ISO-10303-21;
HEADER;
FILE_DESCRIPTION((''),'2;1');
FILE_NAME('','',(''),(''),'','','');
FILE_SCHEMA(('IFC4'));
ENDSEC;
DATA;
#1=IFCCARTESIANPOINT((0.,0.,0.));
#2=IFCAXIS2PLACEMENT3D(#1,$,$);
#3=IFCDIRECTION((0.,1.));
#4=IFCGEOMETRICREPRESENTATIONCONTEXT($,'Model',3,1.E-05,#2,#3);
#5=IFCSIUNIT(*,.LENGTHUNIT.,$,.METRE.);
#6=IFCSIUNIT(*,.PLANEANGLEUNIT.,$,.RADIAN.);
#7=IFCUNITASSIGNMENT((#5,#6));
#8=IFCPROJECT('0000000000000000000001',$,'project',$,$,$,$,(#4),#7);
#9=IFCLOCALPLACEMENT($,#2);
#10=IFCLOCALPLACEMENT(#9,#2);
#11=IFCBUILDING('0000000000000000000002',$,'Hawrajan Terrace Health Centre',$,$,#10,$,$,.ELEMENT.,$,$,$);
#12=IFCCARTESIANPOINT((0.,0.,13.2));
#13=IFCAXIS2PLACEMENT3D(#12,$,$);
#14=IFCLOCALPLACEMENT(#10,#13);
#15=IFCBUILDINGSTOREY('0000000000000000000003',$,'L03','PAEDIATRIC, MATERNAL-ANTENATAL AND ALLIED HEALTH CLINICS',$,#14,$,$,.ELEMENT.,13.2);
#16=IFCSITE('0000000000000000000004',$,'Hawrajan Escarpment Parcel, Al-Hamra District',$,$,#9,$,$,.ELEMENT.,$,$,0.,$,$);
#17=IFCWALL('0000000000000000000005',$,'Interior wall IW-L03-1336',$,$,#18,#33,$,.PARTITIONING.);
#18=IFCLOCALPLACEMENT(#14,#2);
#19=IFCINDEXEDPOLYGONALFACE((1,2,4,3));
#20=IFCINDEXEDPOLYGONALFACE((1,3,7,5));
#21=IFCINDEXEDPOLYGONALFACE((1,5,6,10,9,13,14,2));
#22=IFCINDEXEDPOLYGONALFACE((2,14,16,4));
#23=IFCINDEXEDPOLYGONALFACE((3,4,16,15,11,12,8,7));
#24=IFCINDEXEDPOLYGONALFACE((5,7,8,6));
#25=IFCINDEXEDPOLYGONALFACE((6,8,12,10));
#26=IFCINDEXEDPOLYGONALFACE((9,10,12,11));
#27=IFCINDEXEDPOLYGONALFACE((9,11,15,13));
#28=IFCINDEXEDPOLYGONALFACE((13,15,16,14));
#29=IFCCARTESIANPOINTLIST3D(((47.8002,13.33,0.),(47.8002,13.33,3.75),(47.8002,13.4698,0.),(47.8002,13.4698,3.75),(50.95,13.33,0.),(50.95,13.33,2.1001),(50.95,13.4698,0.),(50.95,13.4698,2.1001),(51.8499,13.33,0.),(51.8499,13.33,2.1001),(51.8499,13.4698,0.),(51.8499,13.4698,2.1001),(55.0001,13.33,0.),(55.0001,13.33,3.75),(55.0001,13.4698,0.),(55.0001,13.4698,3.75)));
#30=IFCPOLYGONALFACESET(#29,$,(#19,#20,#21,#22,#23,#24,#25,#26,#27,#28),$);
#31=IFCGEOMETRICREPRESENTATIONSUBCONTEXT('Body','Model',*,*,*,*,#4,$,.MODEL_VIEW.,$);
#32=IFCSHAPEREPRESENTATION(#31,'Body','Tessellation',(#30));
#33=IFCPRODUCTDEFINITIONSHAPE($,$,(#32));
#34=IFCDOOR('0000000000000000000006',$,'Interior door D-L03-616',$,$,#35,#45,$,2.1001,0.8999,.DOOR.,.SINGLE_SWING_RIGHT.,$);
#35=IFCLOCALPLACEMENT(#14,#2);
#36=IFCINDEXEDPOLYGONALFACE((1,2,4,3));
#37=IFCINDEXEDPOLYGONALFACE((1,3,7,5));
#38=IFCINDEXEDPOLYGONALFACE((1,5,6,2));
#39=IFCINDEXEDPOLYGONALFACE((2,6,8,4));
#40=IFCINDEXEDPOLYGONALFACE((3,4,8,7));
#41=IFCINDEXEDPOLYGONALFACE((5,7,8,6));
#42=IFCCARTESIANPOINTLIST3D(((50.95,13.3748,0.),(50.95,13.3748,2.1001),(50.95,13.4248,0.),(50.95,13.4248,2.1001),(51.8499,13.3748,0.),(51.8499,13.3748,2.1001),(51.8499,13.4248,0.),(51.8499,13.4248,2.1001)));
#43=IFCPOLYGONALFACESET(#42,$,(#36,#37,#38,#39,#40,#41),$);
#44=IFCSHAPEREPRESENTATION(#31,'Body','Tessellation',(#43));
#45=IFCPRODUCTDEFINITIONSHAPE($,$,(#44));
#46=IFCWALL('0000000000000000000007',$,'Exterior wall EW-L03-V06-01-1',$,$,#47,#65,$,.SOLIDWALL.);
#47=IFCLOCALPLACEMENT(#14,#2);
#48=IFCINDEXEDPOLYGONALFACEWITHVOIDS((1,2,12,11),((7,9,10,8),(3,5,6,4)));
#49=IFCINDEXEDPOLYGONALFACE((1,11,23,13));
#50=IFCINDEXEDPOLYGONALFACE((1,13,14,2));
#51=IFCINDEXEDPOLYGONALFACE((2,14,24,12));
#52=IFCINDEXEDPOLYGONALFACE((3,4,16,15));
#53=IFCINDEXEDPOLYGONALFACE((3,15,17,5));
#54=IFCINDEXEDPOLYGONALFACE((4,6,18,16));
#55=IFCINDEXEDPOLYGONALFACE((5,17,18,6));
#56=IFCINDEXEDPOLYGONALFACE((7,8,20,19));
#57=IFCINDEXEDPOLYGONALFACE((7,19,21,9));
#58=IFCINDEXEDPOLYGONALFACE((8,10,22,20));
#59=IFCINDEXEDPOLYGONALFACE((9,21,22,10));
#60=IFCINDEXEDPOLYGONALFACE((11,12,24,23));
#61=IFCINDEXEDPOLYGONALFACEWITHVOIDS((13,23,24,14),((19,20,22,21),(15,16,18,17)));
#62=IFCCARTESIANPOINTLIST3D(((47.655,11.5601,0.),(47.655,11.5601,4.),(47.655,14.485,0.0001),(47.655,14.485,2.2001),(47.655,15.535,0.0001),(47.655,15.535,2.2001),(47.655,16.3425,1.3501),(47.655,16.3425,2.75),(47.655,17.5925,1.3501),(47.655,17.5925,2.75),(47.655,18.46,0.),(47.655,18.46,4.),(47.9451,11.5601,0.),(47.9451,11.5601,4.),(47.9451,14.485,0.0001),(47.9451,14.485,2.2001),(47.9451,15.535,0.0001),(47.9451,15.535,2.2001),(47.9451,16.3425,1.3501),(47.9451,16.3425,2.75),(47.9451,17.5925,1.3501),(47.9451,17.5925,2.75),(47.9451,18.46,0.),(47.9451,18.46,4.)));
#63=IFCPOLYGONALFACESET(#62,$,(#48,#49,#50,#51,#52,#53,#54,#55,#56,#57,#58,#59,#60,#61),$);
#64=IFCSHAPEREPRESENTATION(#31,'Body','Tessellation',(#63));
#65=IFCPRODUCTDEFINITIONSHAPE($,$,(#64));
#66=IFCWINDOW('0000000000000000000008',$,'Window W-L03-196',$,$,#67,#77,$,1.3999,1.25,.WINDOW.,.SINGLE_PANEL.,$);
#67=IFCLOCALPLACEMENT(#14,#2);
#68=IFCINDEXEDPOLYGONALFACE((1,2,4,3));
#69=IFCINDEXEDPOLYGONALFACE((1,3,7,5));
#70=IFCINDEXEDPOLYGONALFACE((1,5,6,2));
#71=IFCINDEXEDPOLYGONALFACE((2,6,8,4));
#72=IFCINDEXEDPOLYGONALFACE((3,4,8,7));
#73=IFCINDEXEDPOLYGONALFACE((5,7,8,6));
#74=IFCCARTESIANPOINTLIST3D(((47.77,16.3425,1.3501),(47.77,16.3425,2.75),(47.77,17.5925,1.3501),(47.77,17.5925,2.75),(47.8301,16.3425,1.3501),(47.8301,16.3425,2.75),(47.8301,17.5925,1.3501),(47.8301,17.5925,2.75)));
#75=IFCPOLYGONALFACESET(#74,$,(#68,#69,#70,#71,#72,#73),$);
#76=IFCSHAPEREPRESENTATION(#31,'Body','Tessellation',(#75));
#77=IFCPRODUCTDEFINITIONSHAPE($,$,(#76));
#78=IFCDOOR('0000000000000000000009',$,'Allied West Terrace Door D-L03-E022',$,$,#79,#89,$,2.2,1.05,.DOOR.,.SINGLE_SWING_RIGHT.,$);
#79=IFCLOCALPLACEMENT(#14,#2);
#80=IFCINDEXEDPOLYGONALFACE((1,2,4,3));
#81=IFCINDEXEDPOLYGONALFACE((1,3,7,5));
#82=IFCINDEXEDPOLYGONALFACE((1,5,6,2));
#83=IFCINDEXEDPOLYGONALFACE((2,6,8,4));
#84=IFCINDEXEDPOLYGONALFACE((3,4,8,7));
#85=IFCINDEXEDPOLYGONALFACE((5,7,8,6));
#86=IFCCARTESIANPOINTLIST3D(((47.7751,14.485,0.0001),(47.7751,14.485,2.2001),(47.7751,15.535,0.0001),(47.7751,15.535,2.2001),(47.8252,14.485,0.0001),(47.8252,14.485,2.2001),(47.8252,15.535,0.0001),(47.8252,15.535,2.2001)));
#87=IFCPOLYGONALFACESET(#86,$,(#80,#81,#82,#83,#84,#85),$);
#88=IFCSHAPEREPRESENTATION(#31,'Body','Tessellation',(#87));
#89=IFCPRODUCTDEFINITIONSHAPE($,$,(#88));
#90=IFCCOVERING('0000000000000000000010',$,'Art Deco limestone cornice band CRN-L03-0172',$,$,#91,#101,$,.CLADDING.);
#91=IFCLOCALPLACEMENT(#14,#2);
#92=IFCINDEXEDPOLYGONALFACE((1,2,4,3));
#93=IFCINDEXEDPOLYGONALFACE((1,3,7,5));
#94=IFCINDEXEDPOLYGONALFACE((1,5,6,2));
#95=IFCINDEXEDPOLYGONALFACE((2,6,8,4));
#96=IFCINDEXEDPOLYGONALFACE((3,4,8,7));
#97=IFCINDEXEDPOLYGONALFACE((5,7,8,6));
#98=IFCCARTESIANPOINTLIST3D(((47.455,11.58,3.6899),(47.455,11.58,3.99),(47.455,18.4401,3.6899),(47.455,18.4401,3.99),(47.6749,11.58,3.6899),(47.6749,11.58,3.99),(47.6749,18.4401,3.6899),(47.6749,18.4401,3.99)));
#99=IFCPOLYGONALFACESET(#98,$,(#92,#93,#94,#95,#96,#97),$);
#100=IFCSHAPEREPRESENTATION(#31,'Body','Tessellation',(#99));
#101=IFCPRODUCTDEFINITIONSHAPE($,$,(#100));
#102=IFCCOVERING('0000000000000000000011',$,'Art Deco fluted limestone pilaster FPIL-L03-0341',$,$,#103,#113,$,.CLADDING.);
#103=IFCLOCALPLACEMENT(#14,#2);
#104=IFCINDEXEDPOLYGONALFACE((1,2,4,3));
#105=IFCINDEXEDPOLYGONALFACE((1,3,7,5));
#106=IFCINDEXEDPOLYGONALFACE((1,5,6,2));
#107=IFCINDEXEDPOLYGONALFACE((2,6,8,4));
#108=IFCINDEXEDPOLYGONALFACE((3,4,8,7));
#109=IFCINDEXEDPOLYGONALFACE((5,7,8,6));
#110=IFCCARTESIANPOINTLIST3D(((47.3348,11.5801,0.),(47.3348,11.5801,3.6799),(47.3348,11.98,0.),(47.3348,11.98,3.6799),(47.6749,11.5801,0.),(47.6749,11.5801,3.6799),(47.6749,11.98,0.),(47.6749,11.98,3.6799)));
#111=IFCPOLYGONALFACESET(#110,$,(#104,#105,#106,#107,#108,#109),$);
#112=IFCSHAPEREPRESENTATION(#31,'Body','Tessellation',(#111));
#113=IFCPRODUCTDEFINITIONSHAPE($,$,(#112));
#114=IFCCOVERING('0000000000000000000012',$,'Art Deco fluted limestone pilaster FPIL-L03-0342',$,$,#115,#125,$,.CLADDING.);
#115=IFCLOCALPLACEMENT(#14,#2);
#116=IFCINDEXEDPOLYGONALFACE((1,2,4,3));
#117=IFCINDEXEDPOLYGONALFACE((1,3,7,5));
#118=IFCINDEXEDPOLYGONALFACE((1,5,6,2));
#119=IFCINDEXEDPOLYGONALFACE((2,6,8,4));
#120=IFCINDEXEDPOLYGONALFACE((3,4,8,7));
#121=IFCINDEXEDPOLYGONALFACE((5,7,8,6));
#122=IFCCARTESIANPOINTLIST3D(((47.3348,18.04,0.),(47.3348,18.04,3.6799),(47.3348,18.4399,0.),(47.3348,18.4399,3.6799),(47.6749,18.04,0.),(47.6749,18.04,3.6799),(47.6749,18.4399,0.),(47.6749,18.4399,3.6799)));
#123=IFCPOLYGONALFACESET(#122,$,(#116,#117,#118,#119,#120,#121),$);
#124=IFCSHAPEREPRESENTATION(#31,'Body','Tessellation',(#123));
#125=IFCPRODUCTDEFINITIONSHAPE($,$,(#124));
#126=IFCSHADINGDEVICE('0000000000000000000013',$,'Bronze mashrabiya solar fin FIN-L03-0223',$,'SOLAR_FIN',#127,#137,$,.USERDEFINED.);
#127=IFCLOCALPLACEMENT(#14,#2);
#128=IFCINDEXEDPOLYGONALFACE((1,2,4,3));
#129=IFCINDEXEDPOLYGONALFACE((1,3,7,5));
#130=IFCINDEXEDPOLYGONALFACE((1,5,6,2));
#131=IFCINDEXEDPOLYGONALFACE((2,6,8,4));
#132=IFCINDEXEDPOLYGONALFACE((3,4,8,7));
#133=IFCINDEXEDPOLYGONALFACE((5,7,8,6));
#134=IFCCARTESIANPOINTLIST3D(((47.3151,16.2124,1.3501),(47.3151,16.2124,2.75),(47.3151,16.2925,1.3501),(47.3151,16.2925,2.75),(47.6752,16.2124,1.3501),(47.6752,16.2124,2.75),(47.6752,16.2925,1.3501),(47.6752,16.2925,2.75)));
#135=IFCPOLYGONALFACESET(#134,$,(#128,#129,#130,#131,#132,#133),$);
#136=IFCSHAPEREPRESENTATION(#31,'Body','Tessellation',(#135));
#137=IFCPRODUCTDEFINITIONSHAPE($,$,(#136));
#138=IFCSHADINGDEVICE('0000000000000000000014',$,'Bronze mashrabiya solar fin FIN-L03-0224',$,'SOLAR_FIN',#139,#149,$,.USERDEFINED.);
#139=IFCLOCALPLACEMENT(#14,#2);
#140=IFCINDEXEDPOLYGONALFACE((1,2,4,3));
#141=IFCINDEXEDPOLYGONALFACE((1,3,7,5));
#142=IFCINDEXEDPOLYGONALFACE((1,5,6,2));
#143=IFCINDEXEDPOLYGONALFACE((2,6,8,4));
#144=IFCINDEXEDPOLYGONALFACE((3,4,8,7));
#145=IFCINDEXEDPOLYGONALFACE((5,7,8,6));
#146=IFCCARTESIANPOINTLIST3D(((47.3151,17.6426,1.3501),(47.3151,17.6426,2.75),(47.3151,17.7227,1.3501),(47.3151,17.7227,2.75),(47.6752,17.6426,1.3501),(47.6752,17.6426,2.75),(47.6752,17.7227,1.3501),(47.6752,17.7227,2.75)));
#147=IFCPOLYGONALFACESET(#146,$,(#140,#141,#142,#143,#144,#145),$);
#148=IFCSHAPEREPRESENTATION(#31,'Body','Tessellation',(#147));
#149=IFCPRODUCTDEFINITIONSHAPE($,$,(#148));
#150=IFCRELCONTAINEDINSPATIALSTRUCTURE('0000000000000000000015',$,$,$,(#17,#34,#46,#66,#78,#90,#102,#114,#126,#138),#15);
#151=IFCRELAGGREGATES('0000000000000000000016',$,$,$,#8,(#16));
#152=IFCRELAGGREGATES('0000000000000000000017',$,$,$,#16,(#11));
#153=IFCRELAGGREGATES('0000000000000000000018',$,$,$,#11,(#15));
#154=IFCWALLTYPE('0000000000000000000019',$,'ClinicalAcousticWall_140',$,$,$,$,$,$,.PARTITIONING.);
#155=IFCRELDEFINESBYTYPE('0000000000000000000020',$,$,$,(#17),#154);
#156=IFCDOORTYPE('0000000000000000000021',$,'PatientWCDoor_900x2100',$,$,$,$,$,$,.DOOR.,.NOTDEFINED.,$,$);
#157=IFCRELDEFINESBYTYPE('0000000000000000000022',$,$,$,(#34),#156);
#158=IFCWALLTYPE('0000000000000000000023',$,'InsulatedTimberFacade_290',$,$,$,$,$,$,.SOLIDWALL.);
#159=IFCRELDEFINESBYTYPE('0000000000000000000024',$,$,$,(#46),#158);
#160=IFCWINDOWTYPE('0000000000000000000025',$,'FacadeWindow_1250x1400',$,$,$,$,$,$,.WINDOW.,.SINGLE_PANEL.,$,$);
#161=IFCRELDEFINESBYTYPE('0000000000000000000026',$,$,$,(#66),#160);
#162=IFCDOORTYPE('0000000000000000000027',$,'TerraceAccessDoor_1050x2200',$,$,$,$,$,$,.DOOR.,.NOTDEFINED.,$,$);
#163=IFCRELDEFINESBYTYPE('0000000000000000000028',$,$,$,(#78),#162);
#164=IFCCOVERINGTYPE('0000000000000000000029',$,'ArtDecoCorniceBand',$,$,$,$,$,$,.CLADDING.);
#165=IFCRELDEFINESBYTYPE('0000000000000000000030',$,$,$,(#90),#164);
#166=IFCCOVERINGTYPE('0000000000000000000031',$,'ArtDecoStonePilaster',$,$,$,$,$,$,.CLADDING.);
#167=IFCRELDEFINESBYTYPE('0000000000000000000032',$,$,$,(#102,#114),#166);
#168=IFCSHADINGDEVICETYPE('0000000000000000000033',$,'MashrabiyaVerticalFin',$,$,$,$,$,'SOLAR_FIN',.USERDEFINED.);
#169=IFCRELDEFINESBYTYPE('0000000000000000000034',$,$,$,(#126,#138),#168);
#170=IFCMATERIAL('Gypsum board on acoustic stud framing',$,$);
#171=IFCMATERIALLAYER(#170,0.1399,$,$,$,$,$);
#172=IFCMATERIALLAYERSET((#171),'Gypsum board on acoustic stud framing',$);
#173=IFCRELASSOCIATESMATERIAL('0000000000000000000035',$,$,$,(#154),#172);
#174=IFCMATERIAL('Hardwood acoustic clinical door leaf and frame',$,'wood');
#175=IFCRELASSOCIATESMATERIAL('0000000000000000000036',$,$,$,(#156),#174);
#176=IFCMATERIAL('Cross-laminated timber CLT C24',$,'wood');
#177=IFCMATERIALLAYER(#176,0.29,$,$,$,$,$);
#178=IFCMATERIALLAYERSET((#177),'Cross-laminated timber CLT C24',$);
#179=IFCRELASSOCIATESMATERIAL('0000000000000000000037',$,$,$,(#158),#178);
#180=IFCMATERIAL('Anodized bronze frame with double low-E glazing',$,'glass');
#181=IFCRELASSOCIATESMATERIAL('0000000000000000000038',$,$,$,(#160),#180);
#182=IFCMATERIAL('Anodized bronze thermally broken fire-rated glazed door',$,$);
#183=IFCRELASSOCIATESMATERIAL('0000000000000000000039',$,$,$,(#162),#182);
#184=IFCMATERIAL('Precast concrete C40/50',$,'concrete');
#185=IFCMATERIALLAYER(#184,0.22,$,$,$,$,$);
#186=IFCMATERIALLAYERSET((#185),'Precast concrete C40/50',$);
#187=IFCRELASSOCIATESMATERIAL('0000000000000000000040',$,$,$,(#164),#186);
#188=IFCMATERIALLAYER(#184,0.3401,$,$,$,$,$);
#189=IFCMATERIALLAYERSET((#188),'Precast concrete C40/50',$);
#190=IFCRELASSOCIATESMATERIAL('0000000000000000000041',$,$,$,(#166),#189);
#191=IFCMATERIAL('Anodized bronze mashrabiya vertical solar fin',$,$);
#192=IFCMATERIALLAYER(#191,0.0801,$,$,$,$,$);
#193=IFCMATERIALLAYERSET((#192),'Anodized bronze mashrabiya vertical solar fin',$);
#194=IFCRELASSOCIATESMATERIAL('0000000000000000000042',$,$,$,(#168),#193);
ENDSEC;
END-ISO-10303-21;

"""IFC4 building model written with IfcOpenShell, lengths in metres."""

from ifc_helpers import new_model, si_unit, direction, frame, frame_2d, origin, origin_2d, place, context, subcontext, project, spatial, rectangle, extrude, material, layer, layer_set, type_object, element, fill, save


model = new_model("IFC4")

# Units and contexts
model_context = context("Model", 3, precision=1e-05, world=origin(), true_north=direction((0.0, 1.0)))
body_context = subcontext(model_context, "Body", "Model", "MODEL_VIEW")
ifc_project = project(units=[si_unit("LENGTHUNIT", "METRE"), si_unit("PLANEANGLEUNIT", "RADIAN")], contexts=[model_context])

# Site, building, storey
site_placement = place(None, origin())
site = spatial("IfcSite", under=ifc_project, at=site_placement, Name="Hawrajan Escarpment Parcel, Al-Hamra District", CompositionType="ELEMENT", RefElevation=0.0)
building_placement = place(site_placement, origin())
building = spatial("IfcBuilding", under=site, at=building_placement, Name="Hawrajan Terrace Health Centre", CompositionType="ELEMENT")
storey_placement = place(building_placement, frame((0.0, 0.0, 13.2)))
storey = spatial("IfcBuildingStorey", under=building, at=storey_placement, Name="L03", Description="PAEDIATRIC, MATERNAL-ANTENATAL AND ALLIED HEALTH CLINICS", CompositionType="ELEMENT", Elevation=13.2)

# Wall, opening, door
ifc_material_1 = material(Name="Gypsum board on acoustic stud framing")
ifc_layer_1 = layer(ifc_material_1, 0.1399)
ifc_layer_set_1 = layer_set([ifc_layer_1], Name="Gypsum board on acoustic stud framing")
wall_type_1 = type_object("IfcWallType", Name="ClinicalAcousticWall_140", PredefinedType="PARTITIONING", material=ifc_layer_set_1)
wall_1_placement = place(storey_placement, frame((47.8, 13.3999, 0.0), z_axis=(0.0, 0.0, 1.0), x_axis=(1.0, 0.0, 0.0)))
wall_1 = element("IfcWall", 1, at=wall_1_placement, inside=storey, type_object=wall_type_1, Name="Interior wall IW-L03-1336", PredefinedType="PARTITIONING", context=body_context, shape_type="SweptSolid", body=[
    extrude(rectangle(XDim=7.2, YDim=0.1399, at=frame_2d((3.6001, 0.0))), origin(), (0.0, 0.0, 1.0), 3.75),
])
opening_1_placement = place(wall_1_placement, frame((3.1499, 0.0, 0.0)))
opening_1 = element("IfcOpeningElement", 2, at=opening_1_placement, cuts=wall_1, PredefinedType="OPENING", context=body_context, shape_type="SweptSolid", body=[
    extrude(rectangle(XDim=0.8999, YDim=2.1001, at=frame_2d((0.45, 1.05))), frame((0.0, 0.0798, 0.0), z_axis=(0.0, -1.0, 0.0), x_axis=(1.0, 0.0, 0.0)), (0.0, 0.0, 1.0), 0.1599),
])
ifc_material_2 = material(Name="Hardwood acoustic clinical door leaf and frame", Category="wood")
door_type_1 = type_object("IfcDoorType", Name="PatientWCDoor_900x2100", OperationType="NOTDEFINED", PredefinedType="DOOR", material=ifc_material_2)
door_1_placement = place(opening_1_placement, origin())
door_1 = element("IfcDoor", 3, at=door_1_placement, inside=storey, type_object=door_type_1, Name="Interior door D-L03-616", OperationType="SINGLE_SWING_RIGHT", OverallHeight=2.1001, OverallWidth=0.8999, PredefinedType="DOOR", context=body_context, shape_type="SweptSolid", body=[
    extrude(rectangle(XDim=0.8999, YDim=2.1001, at=frame_2d((0.45, 1.05))), frame((0.0, 0.0249, 0.0), z_axis=(0.0, -1.0, 0.0), x_axis=(1.0, 0.0, 0.0)), (0.0, 0.0, 1.0), 0.05),
])
fill(opening_1, door_1)

# Wall, openings, window, door
ifc_material_3 = material(Name="Cross-laminated timber CLT C24", Category="wood")
ifc_layer_2 = layer(ifc_material_3, 0.29)
ifc_layer_set_2 = layer_set([ifc_layer_2], Name="Cross-laminated timber CLT C24")
wall_type_2 = type_object("IfcWallType", Name="InsulatedTimberFacade_290", PredefinedType="SOLIDWALL", material=ifc_layer_set_2)
wall_2_placement = place(storey_placement, frame((47.8, 11.5601, 0.0), z_axis=(0.0, 0.0, 1.0), x_axis=(0.0, 1.0, 0.0)))
wall_2 = element("IfcWall", 4, at=wall_2_placement, inside=storey, type_object=wall_type_2, Name="Exterior wall EW-L03-V06-01-1", PredefinedType="SOLIDWALL", context=body_context, shape_type="SweptSolid", body=[
    extrude(rectangle(XDim=6.8999, YDim=0.29, at=frame_2d((3.45, 0.0))), origin(), (0.0, 0.0, 1.0), 4.0),
])
opening_2_placement = place(wall_2_placement, frame((2.925, 0.0, 0.0)))
opening_2 = element("IfcOpeningElement", 5, at=opening_2_placement, cuts=wall_2, PredefinedType="OPENING", context=body_context, shape_type="SweptSolid", body=[
    extrude(rectangle(XDim=1.05, YDim=2.2, at=frame_2d((0.5249, 1.1001))), frame((0.0, 0.155, 0.0), z_axis=(0.0, -1.0, 0.0), x_axis=(1.0, 0.0, 0.0)), (0.0, 0.0, 1.0), 0.3101),
])
opening_3_placement = place(wall_2_placement, frame((4.7825, 0.0, 1.3501)))
opening_3 = element("IfcOpeningElement", 6, at=opening_3_placement, cuts=wall_2, PredefinedType="OPENING", context=body_context, shape_type="SweptSolid", body=[
    extrude(rectangle(XDim=1.25, YDim=1.3999, at=frame_2d((0.625, 0.7))), frame((0.0, 0.155, 0.0), z_axis=(0.0, -1.0, 0.0), x_axis=(1.0, 0.0, 0.0)), (0.0, 0.0, 1.0), 0.3101),
])
ifc_material_4 = material(Name="Anodized bronze frame with double low-E glazing", Category="glass")
window_type = type_object("IfcWindowType", Name="FacadeWindow_1250x1400", PartitioningType="SINGLE_PANEL", PredefinedType="WINDOW", material=ifc_material_4)
window_placement = place(opening_3_placement, origin())
window = element("IfcWindow", 7, at=window_placement, inside=storey, type_object=window_type, Name="Window W-L03-196", OverallHeight=1.3999, OverallWidth=1.25, PartitioningType="SINGLE_PANEL", PredefinedType="WINDOW", context=body_context, shape_type="SweptSolid", body=[
    extrude(rectangle(XDim=1.25, YDim=1.3999, at=frame_2d((0.625, 0.7))), frame((0.0, 0.03, 0.0), z_axis=(0.0, -1.0, 0.0), x_axis=(1.0, 0.0, 0.0)), (0.0, 0.0, 1.0), 0.0601),
])
fill(opening_3, window)
ifc_material_5 = material(Name="Anodized bronze thermally broken fire-rated glazed door")
door_type_2 = type_object("IfcDoorType", Name="TerraceAccessDoor_1050x2200", OperationType="NOTDEFINED", PredefinedType="DOOR", material=ifc_material_5)
door_2_placement = place(opening_2_placement, origin())
door_2 = element("IfcDoor", 8, at=door_2_placement, inside=storey, type_object=door_type_2, Name="Allied West Terrace Door D-L03-E022", OperationType="SINGLE_SWING_RIGHT", OverallHeight=2.2, OverallWidth=1.05, PredefinedType="DOOR", context=body_context, shape_type="SweptSolid", body=[
    extrude(rectangle(XDim=1.05, YDim=2.2, at=frame_2d((0.5249, 1.1001))), frame((0.0, 0.0249, 0.0), z_axis=(0.0, -1.0, 0.0), x_axis=(1.0, 0.0, 0.0)), (0.0, 0.0, 1.0), 0.05),
])
fill(opening_2, door_2)

# Coverings
ifc_material_6 = material(Name="Precast concrete C40/50", Category="concrete")
ifc_layer_3 = layer(ifc_material_6, 0.22)
ifc_layer_set_3 = layer_set([ifc_layer_3], Name="Precast concrete C40/50")
covering_type_1 = type_object("IfcCoveringType", Name="ArtDecoCorniceBand", PredefinedType="CLADDING", material=ifc_layer_set_3)
covering_placement = place(storey_placement, frame((47.5649, 15.01, 3.6899), z_axis=(0.0, 0.0, 1.0), x_axis=(0.0, 1.0, 0.0)))
element("IfcCovering", 9, at=covering_placement, inside=storey, type_object=covering_type_1, Name="Art Deco limestone cornice band CRN-L03-0172", PredefinedType="CLADDING", context=body_context, shape_type="SweptSolid", body=[
    extrude(rectangle(XDim=6.8601, YDim=0.22, at=origin_2d()), origin(), (0.0, 0.0, 1.0), 0.3),
])
ifc_layer_4 = layer(ifc_material_6, 0.3401)
ifc_layer_set_4 = layer_set([ifc_layer_4], Name="Precast concrete C40/50")
covering_type_2 = type_object("IfcCoveringType", Name="ArtDecoStonePilaster", PredefinedType="CLADDING", material=ifc_layer_set_4)
for number, where, z_axis, x_axis, name in (
    (10, (47.5049, 11.78, 0.0), (0.0, 0.0, 1.0), (0.0, 1.0, 0.0), "Art Deco fluted limestone pilaster FPIL-L03-0341"),
    (11, (47.5049, 18.24, 0.0), (0.0, 0.0, 1.0), (0.0, 1.0, 0.0), "Art Deco fluted limestone pilaster FPIL-L03-0342"),
):
    element("IfcCovering", number, at=place(storey_placement, frame(where, z_axis=z_axis, x_axis=x_axis)), inside=storey, type_object=covering_type_2, Name=name, PredefinedType="CLADDING", context=body_context, shape_type="SweptSolid", body=[
        extrude(rectangle(XDim=0.3999, YDim=0.3401, at=origin_2d()), origin(), (0.0, 0.0, 1.0), 3.6799),
    ])

# Shading devices
ifc_material_7 = material(Name="Anodized bronze mashrabiya vertical solar fin")
ifc_layer_5 = layer(ifc_material_7, 0.0801)
ifc_layer_set_5 = layer_set([ifc_layer_5], Name="Anodized bronze mashrabiya vertical solar fin")
shading_device_type = type_object("IfcShadingDeviceType", Name="MashrabiyaVerticalFin", ElementType="SOLAR_FIN", PredefinedType="USERDEFINED", material=ifc_layer_set_5)
for number, where, z_axis, x_axis, name in (
    (12, (47.4951, 16.2524, 1.3501), (0.0, 0.0, 1.0), (0.0, 1.0, 0.0), "Bronze mashrabiya solar fin FIN-L03-0223"),
    (13, (47.4951, 17.6826, 1.3501), (0.0, 0.0, 1.0), (0.0, 1.0, 0.0), "Bronze mashrabiya solar fin FIN-L03-0224"),
):
    element("IfcShadingDevice", number, at=place(storey_placement, frame(where, z_axis=z_axis, x_axis=x_axis)), inside=storey, type_object=shading_device_type, Name=name, ObjectType="SOLAR_FIN", PredefinedType="USERDEFINED", context=body_context, shape_type="SweptSolid", body=[
        extrude(rectangle(XDim=0.0801, YDim=0.3601, at=origin_2d()), origin(), (0.0, 0.0, 1.0), 1.3999),
    ])

save(model, "model.ifc")
